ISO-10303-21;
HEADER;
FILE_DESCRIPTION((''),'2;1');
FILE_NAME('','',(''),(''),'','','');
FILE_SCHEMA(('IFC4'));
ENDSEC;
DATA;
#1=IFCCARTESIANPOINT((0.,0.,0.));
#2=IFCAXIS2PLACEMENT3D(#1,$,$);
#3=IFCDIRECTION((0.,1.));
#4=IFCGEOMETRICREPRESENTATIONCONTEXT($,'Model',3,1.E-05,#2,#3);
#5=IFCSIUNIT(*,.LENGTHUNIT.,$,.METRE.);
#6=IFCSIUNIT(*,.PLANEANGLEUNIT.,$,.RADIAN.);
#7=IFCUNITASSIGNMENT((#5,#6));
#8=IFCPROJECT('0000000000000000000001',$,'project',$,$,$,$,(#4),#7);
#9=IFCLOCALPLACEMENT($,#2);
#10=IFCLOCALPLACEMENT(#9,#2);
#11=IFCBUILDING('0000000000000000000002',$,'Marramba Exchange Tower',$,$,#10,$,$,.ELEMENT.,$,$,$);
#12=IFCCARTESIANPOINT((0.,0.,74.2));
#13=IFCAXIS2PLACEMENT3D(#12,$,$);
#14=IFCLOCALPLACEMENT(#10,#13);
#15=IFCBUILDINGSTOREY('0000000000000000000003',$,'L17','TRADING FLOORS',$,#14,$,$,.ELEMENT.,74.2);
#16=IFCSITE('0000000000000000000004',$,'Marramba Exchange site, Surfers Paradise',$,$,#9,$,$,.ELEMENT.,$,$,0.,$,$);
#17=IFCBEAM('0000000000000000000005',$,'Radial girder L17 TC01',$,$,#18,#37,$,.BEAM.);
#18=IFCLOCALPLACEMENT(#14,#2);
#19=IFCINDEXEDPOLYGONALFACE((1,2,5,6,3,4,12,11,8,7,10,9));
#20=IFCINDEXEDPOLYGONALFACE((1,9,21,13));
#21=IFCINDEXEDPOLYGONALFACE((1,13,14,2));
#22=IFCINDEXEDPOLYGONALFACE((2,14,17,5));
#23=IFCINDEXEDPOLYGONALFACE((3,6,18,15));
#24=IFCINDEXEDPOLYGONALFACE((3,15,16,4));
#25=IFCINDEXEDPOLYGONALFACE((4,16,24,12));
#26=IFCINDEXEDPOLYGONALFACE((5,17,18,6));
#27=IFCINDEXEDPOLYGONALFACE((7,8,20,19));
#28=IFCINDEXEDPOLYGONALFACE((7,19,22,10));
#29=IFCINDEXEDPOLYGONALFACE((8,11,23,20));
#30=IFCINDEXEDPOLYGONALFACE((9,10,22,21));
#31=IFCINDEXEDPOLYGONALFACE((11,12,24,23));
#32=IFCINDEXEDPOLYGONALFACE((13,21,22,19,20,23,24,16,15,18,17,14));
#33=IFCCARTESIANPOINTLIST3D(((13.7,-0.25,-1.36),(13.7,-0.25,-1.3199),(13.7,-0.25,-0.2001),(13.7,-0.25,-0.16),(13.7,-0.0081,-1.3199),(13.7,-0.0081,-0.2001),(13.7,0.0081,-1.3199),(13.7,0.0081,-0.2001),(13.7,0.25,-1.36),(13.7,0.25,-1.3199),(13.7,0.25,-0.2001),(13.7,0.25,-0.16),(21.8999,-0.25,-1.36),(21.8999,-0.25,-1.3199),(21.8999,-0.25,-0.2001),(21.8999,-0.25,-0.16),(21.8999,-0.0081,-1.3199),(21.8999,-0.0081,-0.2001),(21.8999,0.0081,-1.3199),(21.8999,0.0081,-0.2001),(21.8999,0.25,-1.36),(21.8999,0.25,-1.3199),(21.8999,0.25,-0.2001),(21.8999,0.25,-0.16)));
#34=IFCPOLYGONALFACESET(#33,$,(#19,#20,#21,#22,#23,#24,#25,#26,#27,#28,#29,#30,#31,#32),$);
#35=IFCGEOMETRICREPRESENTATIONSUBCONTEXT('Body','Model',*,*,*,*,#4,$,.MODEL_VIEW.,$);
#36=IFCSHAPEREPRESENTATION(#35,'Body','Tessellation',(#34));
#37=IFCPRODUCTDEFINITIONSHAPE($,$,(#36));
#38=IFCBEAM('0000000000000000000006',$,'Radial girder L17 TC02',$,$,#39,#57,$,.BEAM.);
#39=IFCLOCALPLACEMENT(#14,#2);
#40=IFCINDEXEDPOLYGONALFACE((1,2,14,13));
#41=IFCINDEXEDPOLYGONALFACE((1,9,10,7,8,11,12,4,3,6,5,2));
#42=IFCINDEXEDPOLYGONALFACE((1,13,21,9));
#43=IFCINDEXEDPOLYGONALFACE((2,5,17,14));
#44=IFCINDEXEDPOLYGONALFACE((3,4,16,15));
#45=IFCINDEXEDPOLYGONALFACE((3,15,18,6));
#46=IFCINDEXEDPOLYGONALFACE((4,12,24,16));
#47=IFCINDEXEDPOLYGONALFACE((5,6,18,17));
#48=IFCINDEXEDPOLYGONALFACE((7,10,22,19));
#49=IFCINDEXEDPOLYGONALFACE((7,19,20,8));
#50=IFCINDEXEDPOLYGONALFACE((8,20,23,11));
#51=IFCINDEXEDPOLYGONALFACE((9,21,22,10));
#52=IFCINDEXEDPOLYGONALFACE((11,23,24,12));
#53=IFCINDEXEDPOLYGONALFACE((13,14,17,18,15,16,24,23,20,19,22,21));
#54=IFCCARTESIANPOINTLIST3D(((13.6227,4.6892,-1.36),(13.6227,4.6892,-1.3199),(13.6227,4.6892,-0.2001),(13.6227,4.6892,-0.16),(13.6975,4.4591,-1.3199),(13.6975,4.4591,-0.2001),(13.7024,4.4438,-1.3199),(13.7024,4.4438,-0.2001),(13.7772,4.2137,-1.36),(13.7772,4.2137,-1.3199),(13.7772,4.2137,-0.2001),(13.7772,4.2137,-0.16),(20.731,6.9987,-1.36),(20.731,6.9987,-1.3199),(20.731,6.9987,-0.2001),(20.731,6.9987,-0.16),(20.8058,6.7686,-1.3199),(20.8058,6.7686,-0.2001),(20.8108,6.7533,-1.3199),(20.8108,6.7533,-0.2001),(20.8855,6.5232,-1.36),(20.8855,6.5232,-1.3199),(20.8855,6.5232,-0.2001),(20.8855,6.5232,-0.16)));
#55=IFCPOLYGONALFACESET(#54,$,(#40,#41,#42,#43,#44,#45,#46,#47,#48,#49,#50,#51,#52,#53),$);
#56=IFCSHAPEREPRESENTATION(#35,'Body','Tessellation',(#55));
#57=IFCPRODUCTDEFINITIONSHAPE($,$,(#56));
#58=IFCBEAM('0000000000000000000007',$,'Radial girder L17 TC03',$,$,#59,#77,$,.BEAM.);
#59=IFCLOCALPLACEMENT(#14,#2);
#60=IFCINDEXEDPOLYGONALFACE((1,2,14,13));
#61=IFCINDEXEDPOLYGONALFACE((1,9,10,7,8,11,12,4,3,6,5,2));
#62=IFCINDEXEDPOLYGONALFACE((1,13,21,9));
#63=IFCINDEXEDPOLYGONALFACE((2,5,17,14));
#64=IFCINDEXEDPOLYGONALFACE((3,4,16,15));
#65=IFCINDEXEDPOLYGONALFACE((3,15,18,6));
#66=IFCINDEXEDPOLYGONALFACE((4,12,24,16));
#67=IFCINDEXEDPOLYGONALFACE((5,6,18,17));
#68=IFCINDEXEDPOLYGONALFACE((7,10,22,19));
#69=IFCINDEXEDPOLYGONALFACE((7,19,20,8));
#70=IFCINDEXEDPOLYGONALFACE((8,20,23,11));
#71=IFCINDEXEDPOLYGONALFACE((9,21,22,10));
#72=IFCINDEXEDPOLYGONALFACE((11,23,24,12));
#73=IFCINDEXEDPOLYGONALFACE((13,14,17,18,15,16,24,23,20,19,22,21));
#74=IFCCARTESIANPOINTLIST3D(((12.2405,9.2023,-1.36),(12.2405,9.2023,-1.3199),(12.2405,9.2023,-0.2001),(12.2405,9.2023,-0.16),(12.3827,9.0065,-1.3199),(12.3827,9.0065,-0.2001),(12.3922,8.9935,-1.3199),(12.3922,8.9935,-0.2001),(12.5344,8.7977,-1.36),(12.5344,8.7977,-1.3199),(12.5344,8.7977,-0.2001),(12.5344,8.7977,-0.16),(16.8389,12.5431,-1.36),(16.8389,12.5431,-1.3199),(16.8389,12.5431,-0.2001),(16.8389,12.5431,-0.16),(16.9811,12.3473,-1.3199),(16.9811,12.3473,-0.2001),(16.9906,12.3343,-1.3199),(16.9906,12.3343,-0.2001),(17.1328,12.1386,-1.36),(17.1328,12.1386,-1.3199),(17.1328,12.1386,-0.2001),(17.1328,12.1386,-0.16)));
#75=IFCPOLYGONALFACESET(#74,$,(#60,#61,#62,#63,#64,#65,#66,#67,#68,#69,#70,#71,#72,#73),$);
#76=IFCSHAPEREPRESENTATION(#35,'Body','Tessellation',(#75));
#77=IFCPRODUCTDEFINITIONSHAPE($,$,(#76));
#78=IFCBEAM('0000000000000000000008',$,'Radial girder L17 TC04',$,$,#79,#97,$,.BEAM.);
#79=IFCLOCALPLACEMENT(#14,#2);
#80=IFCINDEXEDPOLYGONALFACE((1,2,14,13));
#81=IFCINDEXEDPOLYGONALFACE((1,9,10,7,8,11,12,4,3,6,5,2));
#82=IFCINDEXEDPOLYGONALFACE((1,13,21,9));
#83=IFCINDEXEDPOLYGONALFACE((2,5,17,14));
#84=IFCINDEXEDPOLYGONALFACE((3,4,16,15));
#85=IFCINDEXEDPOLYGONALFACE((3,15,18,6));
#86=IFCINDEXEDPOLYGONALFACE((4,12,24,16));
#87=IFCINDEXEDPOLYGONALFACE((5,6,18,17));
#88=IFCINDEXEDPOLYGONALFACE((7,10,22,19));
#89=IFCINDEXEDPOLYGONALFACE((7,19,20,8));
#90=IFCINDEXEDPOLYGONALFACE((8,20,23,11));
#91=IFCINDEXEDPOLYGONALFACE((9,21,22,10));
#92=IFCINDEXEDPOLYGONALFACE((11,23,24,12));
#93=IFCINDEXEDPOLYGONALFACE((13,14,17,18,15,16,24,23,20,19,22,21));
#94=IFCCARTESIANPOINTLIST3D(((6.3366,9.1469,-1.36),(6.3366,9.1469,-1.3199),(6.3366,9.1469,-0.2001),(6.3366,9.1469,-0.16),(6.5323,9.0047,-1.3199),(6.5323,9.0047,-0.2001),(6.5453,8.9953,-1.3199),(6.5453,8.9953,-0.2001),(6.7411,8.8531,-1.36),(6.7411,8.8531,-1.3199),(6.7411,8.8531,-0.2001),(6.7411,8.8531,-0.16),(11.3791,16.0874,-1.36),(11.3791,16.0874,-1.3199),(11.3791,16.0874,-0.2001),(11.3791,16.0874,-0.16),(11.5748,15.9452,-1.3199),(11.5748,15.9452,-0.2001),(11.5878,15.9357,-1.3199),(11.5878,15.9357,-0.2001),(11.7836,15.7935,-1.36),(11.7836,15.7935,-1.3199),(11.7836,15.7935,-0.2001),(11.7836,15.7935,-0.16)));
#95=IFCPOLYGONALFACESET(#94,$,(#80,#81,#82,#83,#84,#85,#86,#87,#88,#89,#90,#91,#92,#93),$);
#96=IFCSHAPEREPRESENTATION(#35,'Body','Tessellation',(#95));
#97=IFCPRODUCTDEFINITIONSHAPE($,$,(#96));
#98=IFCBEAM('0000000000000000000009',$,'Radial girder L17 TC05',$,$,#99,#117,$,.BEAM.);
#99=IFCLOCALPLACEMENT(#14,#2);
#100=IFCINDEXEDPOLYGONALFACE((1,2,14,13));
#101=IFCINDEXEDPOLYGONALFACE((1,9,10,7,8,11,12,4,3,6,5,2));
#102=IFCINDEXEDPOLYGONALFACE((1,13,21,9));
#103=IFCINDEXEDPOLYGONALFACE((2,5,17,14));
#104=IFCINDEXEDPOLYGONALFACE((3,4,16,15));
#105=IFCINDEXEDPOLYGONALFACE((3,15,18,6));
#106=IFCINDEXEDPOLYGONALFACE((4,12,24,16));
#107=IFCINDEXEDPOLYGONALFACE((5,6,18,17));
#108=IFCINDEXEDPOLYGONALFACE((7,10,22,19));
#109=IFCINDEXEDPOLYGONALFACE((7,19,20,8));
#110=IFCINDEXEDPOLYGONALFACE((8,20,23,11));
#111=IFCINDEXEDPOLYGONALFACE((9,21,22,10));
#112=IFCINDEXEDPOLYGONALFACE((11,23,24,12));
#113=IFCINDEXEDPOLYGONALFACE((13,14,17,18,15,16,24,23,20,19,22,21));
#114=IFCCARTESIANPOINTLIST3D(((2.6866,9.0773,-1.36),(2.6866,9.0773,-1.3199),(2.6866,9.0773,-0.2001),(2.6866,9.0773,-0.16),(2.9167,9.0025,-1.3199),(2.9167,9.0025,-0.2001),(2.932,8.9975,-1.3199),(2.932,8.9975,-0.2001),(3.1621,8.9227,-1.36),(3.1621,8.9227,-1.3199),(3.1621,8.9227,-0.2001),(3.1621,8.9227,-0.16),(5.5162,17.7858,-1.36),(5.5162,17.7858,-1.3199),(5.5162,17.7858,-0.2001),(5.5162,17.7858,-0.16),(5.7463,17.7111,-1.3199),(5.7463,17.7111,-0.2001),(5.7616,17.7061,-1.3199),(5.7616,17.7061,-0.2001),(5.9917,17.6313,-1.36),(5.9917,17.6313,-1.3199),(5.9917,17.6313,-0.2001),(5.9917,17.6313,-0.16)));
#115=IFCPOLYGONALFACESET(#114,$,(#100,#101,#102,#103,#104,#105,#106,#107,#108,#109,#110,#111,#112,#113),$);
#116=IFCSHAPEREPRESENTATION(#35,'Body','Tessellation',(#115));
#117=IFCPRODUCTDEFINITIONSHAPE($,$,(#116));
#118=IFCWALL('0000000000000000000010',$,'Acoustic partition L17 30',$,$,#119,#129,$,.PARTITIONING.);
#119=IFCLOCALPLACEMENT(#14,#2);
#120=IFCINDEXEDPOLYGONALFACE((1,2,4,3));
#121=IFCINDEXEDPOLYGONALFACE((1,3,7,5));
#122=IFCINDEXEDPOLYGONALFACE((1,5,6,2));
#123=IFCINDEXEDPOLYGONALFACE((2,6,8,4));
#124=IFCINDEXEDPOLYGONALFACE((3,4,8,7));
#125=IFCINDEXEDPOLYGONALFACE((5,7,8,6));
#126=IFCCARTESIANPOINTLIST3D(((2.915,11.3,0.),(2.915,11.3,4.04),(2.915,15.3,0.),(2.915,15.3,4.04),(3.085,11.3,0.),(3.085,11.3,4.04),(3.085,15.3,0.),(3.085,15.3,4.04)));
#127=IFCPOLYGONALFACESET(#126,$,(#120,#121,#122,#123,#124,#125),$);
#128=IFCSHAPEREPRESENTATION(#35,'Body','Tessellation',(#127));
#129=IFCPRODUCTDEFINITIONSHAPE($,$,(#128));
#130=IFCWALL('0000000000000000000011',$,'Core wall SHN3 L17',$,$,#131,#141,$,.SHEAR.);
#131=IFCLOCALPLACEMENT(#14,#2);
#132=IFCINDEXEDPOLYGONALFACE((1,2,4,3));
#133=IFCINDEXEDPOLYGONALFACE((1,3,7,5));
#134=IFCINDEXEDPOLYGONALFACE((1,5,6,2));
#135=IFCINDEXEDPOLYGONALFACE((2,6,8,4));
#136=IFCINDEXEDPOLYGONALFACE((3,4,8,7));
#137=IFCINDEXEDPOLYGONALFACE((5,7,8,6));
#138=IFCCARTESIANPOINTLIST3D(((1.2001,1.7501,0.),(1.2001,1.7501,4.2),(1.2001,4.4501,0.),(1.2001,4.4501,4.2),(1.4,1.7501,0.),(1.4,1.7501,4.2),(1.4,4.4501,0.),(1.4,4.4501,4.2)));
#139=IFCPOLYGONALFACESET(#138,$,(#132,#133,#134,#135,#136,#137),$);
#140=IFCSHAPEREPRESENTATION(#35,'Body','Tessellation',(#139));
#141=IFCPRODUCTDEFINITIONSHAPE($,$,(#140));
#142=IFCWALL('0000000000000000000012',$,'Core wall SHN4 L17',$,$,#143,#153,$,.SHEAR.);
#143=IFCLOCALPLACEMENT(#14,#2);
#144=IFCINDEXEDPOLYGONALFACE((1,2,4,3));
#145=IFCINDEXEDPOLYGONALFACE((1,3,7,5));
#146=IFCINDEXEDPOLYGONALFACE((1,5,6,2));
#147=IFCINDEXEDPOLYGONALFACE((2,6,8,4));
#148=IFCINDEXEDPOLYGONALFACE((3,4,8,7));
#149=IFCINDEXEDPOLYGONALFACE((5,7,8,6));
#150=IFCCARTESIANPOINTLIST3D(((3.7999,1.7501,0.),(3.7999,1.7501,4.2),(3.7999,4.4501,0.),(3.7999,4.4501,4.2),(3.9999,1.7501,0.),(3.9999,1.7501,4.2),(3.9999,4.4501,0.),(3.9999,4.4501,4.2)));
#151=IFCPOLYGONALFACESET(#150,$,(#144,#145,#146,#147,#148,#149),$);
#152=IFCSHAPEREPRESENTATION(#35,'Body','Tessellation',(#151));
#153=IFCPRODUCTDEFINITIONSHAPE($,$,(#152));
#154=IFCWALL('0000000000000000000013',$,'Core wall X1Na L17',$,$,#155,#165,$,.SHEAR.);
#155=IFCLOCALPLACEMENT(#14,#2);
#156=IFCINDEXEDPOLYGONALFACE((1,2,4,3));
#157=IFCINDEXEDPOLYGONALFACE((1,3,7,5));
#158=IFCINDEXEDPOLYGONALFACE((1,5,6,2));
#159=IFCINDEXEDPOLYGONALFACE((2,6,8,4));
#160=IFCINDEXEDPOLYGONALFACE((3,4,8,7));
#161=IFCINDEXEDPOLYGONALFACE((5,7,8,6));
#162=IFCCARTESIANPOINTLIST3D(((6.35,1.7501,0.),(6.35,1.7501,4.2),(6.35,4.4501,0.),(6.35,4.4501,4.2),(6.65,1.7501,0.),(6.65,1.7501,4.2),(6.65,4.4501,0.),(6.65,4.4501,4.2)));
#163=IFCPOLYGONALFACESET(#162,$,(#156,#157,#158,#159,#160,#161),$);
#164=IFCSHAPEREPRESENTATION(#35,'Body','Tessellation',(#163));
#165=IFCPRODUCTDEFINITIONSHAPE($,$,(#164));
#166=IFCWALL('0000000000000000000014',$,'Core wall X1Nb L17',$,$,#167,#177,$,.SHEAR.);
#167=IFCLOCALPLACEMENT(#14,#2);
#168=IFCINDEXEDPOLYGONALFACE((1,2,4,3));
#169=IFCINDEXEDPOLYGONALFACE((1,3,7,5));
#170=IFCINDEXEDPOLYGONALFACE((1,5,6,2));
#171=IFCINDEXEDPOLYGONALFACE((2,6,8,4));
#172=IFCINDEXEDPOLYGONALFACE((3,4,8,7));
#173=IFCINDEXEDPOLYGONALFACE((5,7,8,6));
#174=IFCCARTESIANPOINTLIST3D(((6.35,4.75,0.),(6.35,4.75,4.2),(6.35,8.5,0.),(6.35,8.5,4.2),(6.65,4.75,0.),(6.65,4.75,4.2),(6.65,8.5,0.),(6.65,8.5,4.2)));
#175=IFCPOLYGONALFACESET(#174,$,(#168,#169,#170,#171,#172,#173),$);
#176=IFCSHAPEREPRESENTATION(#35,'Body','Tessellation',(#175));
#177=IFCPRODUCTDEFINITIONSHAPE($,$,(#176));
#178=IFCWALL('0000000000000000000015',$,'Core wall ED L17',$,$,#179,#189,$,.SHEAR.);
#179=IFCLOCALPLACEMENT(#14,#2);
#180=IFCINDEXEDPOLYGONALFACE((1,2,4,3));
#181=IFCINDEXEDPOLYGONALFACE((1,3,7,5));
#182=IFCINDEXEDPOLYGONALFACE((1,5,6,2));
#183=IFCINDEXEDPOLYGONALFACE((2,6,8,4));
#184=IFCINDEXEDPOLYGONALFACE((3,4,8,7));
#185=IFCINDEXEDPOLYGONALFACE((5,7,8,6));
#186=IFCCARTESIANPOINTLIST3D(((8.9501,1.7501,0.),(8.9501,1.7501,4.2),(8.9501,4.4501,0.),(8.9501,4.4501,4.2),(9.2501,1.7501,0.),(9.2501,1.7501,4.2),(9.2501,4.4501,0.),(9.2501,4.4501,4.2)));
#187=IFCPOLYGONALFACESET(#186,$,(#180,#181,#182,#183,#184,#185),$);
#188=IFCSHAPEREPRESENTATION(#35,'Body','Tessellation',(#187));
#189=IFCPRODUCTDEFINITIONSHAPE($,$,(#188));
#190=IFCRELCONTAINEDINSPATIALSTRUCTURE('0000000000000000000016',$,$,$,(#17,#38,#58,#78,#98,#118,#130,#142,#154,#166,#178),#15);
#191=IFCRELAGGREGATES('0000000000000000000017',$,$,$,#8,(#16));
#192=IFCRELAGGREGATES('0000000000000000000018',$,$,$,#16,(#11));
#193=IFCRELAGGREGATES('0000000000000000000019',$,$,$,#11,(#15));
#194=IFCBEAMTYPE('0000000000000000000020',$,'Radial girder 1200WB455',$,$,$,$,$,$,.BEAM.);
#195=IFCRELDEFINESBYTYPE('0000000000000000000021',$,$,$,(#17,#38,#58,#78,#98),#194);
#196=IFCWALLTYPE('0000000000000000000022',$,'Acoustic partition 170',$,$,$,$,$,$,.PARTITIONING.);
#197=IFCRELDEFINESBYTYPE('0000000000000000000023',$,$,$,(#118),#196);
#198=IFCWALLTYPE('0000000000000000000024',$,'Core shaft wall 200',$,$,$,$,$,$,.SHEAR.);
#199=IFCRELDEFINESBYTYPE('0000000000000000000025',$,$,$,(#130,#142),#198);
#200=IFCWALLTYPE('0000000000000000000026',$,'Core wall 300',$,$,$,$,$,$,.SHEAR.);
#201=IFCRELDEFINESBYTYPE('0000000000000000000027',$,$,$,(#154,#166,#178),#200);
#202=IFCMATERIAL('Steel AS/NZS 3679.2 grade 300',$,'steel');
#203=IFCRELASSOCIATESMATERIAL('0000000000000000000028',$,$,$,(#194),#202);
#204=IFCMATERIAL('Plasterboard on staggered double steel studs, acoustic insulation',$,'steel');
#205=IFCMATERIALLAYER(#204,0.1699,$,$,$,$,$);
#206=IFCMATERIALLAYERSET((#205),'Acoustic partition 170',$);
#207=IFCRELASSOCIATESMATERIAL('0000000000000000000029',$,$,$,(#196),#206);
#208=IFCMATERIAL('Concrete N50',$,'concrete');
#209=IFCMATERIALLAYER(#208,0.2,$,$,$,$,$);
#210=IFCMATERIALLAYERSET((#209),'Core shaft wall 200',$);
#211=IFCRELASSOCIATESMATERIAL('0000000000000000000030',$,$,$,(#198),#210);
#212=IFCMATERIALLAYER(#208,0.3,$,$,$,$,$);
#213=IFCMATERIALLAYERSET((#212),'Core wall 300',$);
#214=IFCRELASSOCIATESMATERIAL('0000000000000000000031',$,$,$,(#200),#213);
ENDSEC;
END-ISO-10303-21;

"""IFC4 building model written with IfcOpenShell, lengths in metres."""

from ifc_helpers import new_model, si_unit, direction, frame, frame_2d, origin, origin_2d, place, context, subcontext, project, spatial, rectangle, i_section, extrude, material, layer, layer_set, material_profile, profile_set, type_object, element, save


model = new_model("IFC4")

# Units and contexts
model_context = context("Model", 3, precision=1e-05, world=origin(), true_north=direction((0.0, 1.0)))
body_context = subcontext(model_context, "Body", "Model", "MODEL_VIEW")
ifc_project = project(units=[si_unit("LENGTHUNIT", "METRE"), si_unit("PLANEANGLEUNIT", "RADIAN")], contexts=[model_context])

# Site, building, storey
site_placement = place(None, origin())
site = spatial("IfcSite", under=ifc_project, at=site_placement, Name="Marramba Exchange site, Surfers Paradise", CompositionType="ELEMENT", RefElevation=0.0)
building_placement = place(site_placement, origin())
building = spatial("IfcBuilding", under=site, at=building_placement, Name="Marramba Exchange Tower", CompositionType="ELEMENT")
storey_placement = place(building_placement, frame((0.0, 0.0, 74.2)))
storey = spatial("IfcBuildingStorey", under=building, at=storey_placement, Name="L17", Description="TRADING FLOORS", CompositionType="ELEMENT", Elevation=74.2)

# Beams
ifc_material_1 = material(Name="Steel AS/NZS 3679.2 grade 300", Category="steel")
ifc_material_profile = material_profile(ifc_material_1, i_section(OverallWidth=0.5, OverallDepth=1.2, WebThickness=0.0161, FlangeThickness=0.04, at=origin_2d()), Name="1200WB455")
ifc_profile_set = profile_set([ifc_material_profile], Name="Steel AS/NZS 3679.2 grade 300")
beam_type = type_object("IfcBeamType", Name="Radial girder 1200WB455", PredefinedType="BEAM", material=ifc_profile_set)
beam_1_placement = place(storey_placement, frame((13.7, 0.0, -0.76), z_axis=(1.0, 0.0, 0.0), x_axis=(0.0, 1.0, 0.0)))
element("IfcBeam", 1, at=beam_1_placement, inside=storey, type_object=beam_type, Name="Radial girder L17 TC01", PredefinedType="BEAM", context=body_context, shape_type="SweptSolid", body=[
    extrude(i_section(OverallWidth=0.5, OverallDepth=1.2, WebThickness=0.0161, FlangeThickness=0.04, at=origin_2d()), origin(), (0.0, 0.0, 1.0), 8.2),
])
beam_2_placement = place(storey_placement, frame((13.7, 4.4514, -0.76), z_axis=(0.95106, 0.309006, 0.0), x_axis=(-0.309006, 0.95106, 0.0)))
element("IfcBeam", 2, at=beam_2_placement, inside=storey, type_object=beam_type, Name="Radial girder L17 TC02", PredefinedType="BEAM", context=body_context, shape_type="SweptSolid", body=[
    extrude(i_section(OverallWidth=0.5, OverallDepth=1.2, WebThickness=0.0161, FlangeThickness=0.04, at=origin_2d()), origin(), (0.0, 0.0, 1.0), 7.4741),
])
beam_3_placement = place(storey_placement, frame((12.3875, 9.0, -0.76), z_axis=(0.809026, 0.587773, 0.0), x_axis=(-0.587773, 0.809026, 0.0)))
element("IfcBeam", 3, at=beam_3_placement, inside=storey, type_object=beam_type, Name="Radial girder L17 TC03", PredefinedType="BEAM", context=body_context, shape_type="SweptSolid", body=[
    extrude(i_section(OverallWidth=0.5, OverallDepth=1.2, WebThickness=0.0161, FlangeThickness=0.04, at=origin_2d()), origin(), (0.0, 0.0, 1.0), 5.6838),
])
beam_4_placement = place(storey_placement, frame((6.5388, 9.0, -0.76), z_axis=(0.587782, 0.809019, 0.0), x_axis=(-0.809019, 0.587782, 0.0)))
element("IfcBeam", 4, at=beam_4_placement, inside=storey, type_object=beam_type, Name="Radial girder L17 TC04", PredefinedType="BEAM", context=body_context, shape_type="SweptSolid", body=[
    extrude(i_section(OverallWidth=0.5, OverallDepth=1.2, WebThickness=0.0161, FlangeThickness=0.04, at=origin_2d()), origin(), (0.0, 0.0, 1.0), 8.5789),
])
beam_5_placement = place(storey_placement, frame((2.9243, 9.0, -0.76), z_axis=(0.30902, 0.951056, 0.0), x_axis=(-0.951056, 0.30902, 0.0)))
element("IfcBeam", 5, at=beam_5_placement, inside=storey, type_object=beam_type, Name="Radial girder L17 TC05", PredefinedType="BEAM", context=body_context, shape_type="SweptSolid", body=[
    extrude(i_section(OverallWidth=0.5, OverallDepth=1.2, WebThickness=0.0161, FlangeThickness=0.04, at=origin_2d()), origin(), (0.0, 0.0, 1.0), 9.1567),
])

# Walls
ifc_material_2 = material(Name="Plasterboard on staggered double steel studs, acoustic insulation", Category="steel")
ifc_layer_1 = layer(ifc_material_2, 0.1699)
ifc_layer_set_1 = layer_set([ifc_layer_1], Name="Acoustic partition 170")
wall_type_1 = type_object("IfcWallType", Name="Acoustic partition 170", PredefinedType="PARTITIONING", material=ifc_layer_set_1)
wall_1_placement = place(storey_placement, frame((3.0, 11.3, 0.0), z_axis=(0.0, 0.0, 1.0), x_axis=(0.0, 1.0, 0.0)))
element("IfcWall", 6, at=wall_1_placement, inside=storey, type_object=wall_type_1, Name="Acoustic partition L17 30", PredefinedType="PARTITIONING", context=body_context, shape_type="SweptSolid", body=[
    extrude(rectangle(XDim=4.0, YDim=0.1699, at=frame_2d((2.0, 0.0))), origin(), (0.0, 0.0, 1.0), 4.04),
])
ifc_material_3 = material(Name="Concrete N50", Category="concrete")
ifc_layer_2 = layer(ifc_material_3, 0.2)
ifc_layer_set_2 = layer_set([ifc_layer_2], Name="Core shaft wall 200")
wall_type_2 = type_object("IfcWallType", Name="Core shaft wall 200", PredefinedType="SHEAR", material=ifc_layer_set_2)
for number, where, z_axis, x_axis, name in (
    (7, (1.3, 1.75, 0.0), (0.0, 0.0, 1.0), (0.0, 1.0, 0.0), "Core wall SHN3 L17"),
    (8, (3.8999, 1.75, 0.0), (0.0, 0.0, 1.0), (0.0, 1.0, 0.0), "Core wall SHN4 L17"),
):
    element("IfcWall", number, at=place(storey_placement, frame(where, z_axis=z_axis, x_axis=x_axis)), inside=storey, type_object=wall_type_2, Name=name, PredefinedType="SHEAR", context=body_context, shape_type="SweptSolid", body=[
        extrude(rectangle(XDim=2.7, YDim=0.2, at=frame_2d((1.3501, 0.0))), origin(), (0.0, 0.0, 1.0), 4.2),
    ])

# Walls
ifc_layer_3 = layer(ifc_material_3, 0.3)
ifc_layer_set_3 = layer_set([ifc_layer_3], Name="Core wall 300")
wall_type_3 = type_object("IfcWallType", Name="Core wall 300", PredefinedType="SHEAR", material=ifc_layer_set_3)
wall_2_placement = place(storey_placement, frame((6.5, 1.75, 0.0), z_axis=(0.0, 0.0, 1.0), x_axis=(0.0, 1.0, 0.0)))
element("IfcWall", 9, at=wall_2_placement, inside=storey, type_object=wall_type_3, Name="Core wall X1Na L17", PredefinedType="SHEAR", context=body_context, shape_type="SweptSolid", body=[
    extrude(rectangle(XDim=2.7, YDim=0.3, at=frame_2d((1.3501, 0.0))), origin(), (0.0, 0.0, 1.0), 4.2),
])
wall_3_placement = place(storey_placement, frame((6.5, 4.75, 0.0), z_axis=(0.0, 0.0, 1.0), x_axis=(0.0, 1.0, 0.0)))
element("IfcWall", 10, at=wall_3_placement, inside=storey, type_object=wall_type_3, Name="Core wall X1Nb L17", PredefinedType="SHEAR", context=body_context, shape_type="SweptSolid", body=[
    extrude(rectangle(XDim=3.75, YDim=0.3, at=frame_2d((1.875, 0.0))), origin(), (0.0, 0.0, 1.0), 4.2),
])
wall_4_placement = place(storey_placement, frame((9.1001, 1.75, 0.0), z_axis=(0.0, 0.0, 1.0), x_axis=(0.0, 1.0, 0.0)))
element("IfcWall", 11, at=wall_4_placement, inside=storey, type_object=wall_type_3, Name="Core wall ED L17", PredefinedType="SHEAR", context=body_context, shape_type="SweptSolid", body=[
    extrude(rectangle(XDim=2.7, YDim=0.3, at=frame_2d((1.3501, 0.0))), origin(), (0.0, 0.0, 1.0), 4.2),
])

save(model, "model.ifc")
